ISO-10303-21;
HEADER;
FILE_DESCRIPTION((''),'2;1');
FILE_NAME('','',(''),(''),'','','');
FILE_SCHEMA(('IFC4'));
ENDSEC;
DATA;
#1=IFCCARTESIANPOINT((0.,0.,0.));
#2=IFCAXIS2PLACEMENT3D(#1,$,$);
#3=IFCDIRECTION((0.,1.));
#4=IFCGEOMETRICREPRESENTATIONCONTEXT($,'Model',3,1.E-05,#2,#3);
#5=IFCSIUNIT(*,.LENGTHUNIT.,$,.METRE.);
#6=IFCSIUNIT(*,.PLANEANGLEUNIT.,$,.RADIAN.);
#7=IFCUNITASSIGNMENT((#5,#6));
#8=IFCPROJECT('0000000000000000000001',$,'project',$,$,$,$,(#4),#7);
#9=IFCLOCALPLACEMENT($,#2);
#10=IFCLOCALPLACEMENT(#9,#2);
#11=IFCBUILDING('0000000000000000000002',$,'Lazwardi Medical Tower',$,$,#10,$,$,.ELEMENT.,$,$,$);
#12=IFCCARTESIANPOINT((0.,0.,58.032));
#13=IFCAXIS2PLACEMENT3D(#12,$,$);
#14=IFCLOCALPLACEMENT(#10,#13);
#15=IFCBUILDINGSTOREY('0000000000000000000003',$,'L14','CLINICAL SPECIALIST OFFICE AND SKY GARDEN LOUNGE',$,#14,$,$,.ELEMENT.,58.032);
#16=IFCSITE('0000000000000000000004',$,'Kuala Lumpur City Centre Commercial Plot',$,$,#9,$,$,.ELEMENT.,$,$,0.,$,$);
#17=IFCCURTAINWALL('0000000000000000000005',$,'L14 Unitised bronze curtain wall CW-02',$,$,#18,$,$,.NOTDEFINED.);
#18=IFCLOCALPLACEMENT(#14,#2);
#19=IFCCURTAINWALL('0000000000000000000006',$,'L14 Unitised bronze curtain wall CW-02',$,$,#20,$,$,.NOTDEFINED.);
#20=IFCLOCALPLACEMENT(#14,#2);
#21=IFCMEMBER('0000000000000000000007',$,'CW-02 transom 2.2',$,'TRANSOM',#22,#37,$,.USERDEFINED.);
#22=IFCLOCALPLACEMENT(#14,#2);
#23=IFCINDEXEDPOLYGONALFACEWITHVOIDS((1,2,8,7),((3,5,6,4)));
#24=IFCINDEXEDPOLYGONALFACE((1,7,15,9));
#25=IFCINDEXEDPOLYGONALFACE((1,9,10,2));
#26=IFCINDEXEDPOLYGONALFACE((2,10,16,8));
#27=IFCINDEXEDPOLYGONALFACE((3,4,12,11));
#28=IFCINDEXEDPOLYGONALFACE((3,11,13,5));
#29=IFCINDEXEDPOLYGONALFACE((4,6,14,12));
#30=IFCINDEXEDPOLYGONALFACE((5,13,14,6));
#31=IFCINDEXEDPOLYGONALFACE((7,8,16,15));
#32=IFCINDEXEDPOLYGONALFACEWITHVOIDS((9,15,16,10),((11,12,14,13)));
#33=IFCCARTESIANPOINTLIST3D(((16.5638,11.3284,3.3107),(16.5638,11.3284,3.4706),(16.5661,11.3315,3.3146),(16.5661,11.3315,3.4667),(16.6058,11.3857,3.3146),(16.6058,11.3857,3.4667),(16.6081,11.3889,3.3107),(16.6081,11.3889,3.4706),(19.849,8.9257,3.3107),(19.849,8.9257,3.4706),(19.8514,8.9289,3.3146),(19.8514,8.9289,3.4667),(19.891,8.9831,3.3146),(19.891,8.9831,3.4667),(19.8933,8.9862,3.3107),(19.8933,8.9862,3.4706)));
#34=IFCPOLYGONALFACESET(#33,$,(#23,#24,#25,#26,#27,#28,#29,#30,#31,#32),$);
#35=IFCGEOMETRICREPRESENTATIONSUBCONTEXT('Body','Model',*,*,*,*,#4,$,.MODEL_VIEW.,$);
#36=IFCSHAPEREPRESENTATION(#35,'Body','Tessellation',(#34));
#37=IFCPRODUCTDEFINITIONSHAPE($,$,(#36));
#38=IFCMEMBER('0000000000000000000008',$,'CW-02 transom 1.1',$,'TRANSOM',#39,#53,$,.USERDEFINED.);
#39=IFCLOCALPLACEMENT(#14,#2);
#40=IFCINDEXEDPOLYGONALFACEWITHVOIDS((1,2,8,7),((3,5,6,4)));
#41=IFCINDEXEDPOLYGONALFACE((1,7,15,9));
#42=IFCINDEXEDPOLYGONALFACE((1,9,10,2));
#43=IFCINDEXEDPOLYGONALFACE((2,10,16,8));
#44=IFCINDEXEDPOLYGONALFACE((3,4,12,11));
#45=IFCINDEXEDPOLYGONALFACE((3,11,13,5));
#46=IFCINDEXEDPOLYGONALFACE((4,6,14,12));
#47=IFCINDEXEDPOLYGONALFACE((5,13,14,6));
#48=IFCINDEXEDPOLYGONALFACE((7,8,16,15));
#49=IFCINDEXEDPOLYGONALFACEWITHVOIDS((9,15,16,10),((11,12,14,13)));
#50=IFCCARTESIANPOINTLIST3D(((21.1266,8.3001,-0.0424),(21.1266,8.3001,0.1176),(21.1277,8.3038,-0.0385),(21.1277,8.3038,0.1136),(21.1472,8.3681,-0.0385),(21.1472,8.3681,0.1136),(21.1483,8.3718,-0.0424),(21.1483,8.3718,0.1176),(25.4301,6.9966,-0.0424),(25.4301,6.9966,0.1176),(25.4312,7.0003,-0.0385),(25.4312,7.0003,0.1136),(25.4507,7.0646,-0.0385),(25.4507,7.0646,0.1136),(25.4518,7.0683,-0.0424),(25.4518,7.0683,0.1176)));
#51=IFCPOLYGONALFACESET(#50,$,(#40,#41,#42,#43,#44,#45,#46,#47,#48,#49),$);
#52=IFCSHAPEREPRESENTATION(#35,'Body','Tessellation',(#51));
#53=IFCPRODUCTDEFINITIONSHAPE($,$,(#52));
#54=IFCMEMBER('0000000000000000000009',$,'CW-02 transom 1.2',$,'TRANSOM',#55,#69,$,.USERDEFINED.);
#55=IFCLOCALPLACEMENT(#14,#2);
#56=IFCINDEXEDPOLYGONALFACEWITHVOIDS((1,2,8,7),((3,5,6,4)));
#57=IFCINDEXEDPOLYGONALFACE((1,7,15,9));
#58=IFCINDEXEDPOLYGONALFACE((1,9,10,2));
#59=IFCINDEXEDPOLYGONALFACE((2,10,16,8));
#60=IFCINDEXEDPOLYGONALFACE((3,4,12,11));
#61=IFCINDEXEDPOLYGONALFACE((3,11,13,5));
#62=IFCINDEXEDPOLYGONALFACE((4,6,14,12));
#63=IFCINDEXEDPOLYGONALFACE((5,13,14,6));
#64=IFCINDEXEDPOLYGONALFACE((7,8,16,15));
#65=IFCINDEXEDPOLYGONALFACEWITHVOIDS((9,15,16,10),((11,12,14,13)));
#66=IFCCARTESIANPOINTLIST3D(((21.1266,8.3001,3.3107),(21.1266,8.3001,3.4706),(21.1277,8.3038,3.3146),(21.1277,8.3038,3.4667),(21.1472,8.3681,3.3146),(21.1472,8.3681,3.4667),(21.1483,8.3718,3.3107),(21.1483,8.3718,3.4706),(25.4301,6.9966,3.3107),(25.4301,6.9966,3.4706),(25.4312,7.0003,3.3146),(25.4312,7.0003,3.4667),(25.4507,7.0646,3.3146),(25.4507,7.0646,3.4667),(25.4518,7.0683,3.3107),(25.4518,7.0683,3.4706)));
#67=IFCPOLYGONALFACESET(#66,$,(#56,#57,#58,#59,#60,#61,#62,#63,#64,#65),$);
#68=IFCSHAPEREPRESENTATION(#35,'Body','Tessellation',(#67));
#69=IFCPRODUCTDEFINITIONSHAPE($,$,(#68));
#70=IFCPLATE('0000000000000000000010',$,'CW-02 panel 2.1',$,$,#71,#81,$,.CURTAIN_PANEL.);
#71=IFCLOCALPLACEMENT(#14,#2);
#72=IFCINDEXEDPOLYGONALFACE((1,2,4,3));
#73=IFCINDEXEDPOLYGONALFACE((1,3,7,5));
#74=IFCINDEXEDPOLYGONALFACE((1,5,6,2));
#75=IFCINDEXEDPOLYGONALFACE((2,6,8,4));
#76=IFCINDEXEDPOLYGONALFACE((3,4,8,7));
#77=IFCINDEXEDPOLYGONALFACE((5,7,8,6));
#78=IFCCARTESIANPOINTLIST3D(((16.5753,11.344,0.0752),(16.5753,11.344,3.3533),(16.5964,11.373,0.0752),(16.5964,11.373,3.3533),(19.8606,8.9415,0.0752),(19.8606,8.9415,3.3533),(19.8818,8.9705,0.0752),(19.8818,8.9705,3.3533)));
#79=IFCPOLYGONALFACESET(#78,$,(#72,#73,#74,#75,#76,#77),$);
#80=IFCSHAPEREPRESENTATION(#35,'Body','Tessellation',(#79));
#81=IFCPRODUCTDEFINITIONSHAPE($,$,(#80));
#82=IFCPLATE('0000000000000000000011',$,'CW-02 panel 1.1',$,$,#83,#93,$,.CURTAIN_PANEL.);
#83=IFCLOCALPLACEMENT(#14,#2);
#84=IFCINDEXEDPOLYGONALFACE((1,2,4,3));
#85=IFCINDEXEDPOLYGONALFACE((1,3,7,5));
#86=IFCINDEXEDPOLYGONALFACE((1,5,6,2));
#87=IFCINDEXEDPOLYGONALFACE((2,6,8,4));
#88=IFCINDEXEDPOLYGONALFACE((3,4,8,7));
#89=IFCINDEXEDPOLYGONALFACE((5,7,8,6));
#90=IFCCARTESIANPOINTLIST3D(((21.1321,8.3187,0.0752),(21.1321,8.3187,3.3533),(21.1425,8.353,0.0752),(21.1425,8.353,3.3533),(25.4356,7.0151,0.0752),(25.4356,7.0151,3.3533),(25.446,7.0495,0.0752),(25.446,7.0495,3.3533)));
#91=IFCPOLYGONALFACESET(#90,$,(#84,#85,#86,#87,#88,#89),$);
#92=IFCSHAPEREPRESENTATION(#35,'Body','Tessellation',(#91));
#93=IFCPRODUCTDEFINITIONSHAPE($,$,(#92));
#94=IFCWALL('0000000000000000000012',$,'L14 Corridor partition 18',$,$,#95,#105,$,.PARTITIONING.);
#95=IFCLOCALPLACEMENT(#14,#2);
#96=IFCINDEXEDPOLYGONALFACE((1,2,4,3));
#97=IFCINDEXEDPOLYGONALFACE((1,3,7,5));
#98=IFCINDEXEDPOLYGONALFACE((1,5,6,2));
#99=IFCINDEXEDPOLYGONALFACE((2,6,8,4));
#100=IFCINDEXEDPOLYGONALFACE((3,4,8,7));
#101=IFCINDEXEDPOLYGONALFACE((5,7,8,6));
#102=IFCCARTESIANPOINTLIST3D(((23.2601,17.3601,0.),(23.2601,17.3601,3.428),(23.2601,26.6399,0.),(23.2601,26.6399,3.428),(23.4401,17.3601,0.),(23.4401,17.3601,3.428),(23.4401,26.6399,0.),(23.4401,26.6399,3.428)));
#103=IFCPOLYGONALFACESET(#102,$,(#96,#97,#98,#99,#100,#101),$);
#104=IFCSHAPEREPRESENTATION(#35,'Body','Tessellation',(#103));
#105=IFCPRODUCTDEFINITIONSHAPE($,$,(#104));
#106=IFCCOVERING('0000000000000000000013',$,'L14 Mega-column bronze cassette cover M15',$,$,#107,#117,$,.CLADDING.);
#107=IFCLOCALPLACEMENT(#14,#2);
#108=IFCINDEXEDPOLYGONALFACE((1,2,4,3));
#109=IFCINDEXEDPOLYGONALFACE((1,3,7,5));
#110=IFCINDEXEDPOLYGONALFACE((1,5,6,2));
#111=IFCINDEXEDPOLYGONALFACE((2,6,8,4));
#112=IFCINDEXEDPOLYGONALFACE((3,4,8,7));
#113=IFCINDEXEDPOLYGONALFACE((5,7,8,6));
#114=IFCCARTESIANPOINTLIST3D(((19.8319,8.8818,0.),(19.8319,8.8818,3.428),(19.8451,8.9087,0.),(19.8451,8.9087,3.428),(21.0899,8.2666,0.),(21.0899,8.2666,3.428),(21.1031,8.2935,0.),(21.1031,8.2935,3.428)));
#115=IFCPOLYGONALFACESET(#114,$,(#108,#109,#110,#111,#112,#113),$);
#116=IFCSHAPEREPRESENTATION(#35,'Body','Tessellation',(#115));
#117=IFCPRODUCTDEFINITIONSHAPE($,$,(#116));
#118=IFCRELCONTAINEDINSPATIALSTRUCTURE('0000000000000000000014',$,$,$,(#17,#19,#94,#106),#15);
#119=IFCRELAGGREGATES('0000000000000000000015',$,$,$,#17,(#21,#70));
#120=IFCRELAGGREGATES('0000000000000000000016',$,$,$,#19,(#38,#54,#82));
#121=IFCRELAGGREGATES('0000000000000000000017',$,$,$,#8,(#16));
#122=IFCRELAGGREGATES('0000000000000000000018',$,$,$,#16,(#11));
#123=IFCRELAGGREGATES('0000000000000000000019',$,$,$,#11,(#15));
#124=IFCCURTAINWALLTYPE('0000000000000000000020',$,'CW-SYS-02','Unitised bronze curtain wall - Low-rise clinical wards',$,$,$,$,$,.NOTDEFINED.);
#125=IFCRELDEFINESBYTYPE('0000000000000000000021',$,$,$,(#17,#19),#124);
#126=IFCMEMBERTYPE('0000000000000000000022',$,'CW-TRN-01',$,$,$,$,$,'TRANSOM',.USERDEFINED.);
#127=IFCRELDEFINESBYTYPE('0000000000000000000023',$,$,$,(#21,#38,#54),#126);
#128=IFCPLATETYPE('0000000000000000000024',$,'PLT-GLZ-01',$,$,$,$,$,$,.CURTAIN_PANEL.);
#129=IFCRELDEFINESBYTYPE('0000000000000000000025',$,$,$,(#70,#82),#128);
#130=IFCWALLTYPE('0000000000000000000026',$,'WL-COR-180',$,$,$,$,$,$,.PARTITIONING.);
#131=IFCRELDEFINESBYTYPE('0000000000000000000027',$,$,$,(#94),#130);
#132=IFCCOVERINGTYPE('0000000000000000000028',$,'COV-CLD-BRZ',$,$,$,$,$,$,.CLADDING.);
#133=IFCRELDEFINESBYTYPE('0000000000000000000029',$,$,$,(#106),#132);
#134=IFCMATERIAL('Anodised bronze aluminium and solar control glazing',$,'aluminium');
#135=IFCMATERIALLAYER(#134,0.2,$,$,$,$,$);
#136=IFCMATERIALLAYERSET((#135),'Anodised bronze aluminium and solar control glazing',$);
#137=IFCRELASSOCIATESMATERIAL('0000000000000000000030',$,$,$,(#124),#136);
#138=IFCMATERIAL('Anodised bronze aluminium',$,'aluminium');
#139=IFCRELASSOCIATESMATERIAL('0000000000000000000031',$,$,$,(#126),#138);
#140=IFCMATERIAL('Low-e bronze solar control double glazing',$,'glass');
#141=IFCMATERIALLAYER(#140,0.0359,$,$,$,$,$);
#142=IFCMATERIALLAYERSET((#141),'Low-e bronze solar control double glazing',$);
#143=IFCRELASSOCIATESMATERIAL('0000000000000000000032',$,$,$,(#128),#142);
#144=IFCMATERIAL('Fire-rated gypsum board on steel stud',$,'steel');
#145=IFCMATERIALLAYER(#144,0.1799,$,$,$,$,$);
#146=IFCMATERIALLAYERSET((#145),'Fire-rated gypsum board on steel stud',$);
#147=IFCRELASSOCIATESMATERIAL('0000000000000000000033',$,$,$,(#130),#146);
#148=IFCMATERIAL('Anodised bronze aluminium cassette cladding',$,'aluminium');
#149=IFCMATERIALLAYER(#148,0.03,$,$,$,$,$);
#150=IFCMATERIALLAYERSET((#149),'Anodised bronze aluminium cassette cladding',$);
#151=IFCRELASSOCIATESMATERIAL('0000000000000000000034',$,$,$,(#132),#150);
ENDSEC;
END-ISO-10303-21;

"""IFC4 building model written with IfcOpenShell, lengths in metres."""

from ifc_helpers import new_model, si_unit, direction, frame, frame_2d, origin, origin_2d, place, context, subcontext, project, spatial, rectangle, hollow_rectangle, extrude, material, layer, layer_set, material_profile, profile_set, type_object, element, aggregate, save


model = new_model("IFC4")

# Units and contexts
model_context = context("Model", 3, precision=1e-05, world=origin(), true_north=direction((0.0, 1.0)))
body_context = subcontext(model_context, "Body", "Model", "MODEL_VIEW")
ifc_project = project(units=[si_unit("LENGTHUNIT", "METRE"), si_unit("PLANEANGLEUNIT", "RADIAN")], contexts=[model_context])

# Site, building, storey
site_placement = place(None, origin())
site = spatial("IfcSite", under=ifc_project, at=site_placement, Name="Kuala Lumpur City Centre Commercial Plot", CompositionType="ELEMENT", RefElevation=0.0)
building_placement = place(site_placement, origin())
building = spatial("IfcBuilding", under=site, at=building_placement, Name="Lazwardi Medical Tower", CompositionType="ELEMENT")
storey_placement = place(building_placement, frame((0.0, 0.0, 58.032)))
storey = spatial("IfcBuildingStorey", under=building, at=storey_placement, Name="L14", Description="CLINICAL SPECIALIST OFFICE AND SKY GARDEN LOUNGE", CompositionType="ELEMENT", Elevation=58.032)

# Curtain walls
ifc_material_1 = material(Name="Anodised bronze aluminium and solar control glazing", Category="aluminium")
ifc_layer_1 = layer(ifc_material_1, 0.2)
ifc_layer_set_1 = layer_set([ifc_layer_1], Name="Anodised bronze aluminium and solar control glazing")
curtain_wall_type = type_object("IfcCurtainWallType", Name="CW-SYS-02", Description="Unitised bronze curtain wall - Low-rise clinical wards", PredefinedType="NOTDEFINED", material=ifc_layer_set_1)
curtain_wall_1_placement = place(storey_placement, origin())
curtain_wall_1 = element("IfcCurtainWall", 1, at=curtain_wall_1_placement, inside=storey, type_object=curtain_wall_type, Name="L14 Unitised bronze curtain wall CW-02", PredefinedType="NOTDEFINED")
ifc_material_2 = material(Name="Anodised bronze aluminium", Category="aluminium")
curtain_wall_2_placement = place(storey_placement, origin())
curtain_wall_2 = element("IfcCurtainWall", 2, at=curtain_wall_2_placement, inside=storey, type_object=curtain_wall_type, Name="L14 Unitised bronze curtain wall CW-02", PredefinedType="NOTDEFINED")

# Members
ifc_material_profile_1 = material_profile(ifc_material_2, hollow_rectangle(XDim=0.075, YDim=0.1599, WallThickness=0.0039, at=origin_2d()), Name="ALU-TRANSOM 160x75x4")
ifc_profile_set_1 = profile_set([ifc_material_profile_1], Name="Anodised bronze aluminium")
member_type_1 = type_object("IfcMemberType", Name="CW-TRN-01", ElementType="TRANSOM", PredefinedType="USERDEFINED", material=ifc_profile_set_1)
member_1_placement = place(storey_placement, frame((16.5859, 11.3586, 3.3906), z_axis=(0.807169, -0.59032, 0.0), x_axis=(0.59032, 0.807169, 0.0)))
member_1 = element("IfcMember", 3, at=member_1_placement, type_object=member_type_1, Name="CW-02 transom 2.2", ObjectType="TRANSOM", PredefinedType="USERDEFINED", context=body_context, shape_type="SweptSolid", body=[
    extrude(hollow_rectangle(XDim=0.075, YDim=0.1599, WallThickness=0.0039, at=origin_2d()), origin(), (0.0, 0.0, 1.0), 4.0701),
])
member_2_placement = place(storey_placement, frame((21.1375, 8.3359, 0.0376), z_axis=(0.957062, -0.289882, 0.0), x_axis=(0.289882, 0.957062, 0.0)))
member_2 = element("IfcMember", 4, at=member_2_placement, type_object=member_type_1, Name="CW-02 transom 1.1", ObjectType="TRANSOM", PredefinedType="USERDEFINED", context=body_context, shape_type="SweptSolid", body=[
    extrude(hollow_rectangle(XDim=0.075, YDim=0.1599, WallThickness=0.0039, at=origin_2d()), origin(), (0.0, 0.0, 1.0), 4.4966),
])
member_3_placement = place(storey_placement, frame((21.1375, 8.3359, 3.3906), z_axis=(0.957062, -0.289882, 0.0), x_axis=(0.289882, 0.957062, 0.0)))
member_3 = element("IfcMember", 5, at=member_3_placement, type_object=member_type_1, Name="CW-02 transom 1.2", ObjectType="TRANSOM", PredefinedType="USERDEFINED", context=body_context, shape_type="SweptSolid", body=[
    extrude(hollow_rectangle(XDim=0.075, YDim=0.1599, WallThickness=0.0039, at=origin_2d()), origin(), (0.0, 0.0, 1.0), 4.4966),
])

# Plates
ifc_material_3 = material(Name="Low-e bronze solar control double glazing", Category="glass")
ifc_layer_2 = layer(ifc_material_3, 0.0359)
ifc_layer_set_2 = layer_set([ifc_layer_2], Name="Low-e bronze solar control double glazing")
plate_type = type_object("IfcPlateType", Name="PLT-GLZ-01", PredefinedType="CURTAIN_PANEL", material=ifc_layer_set_2)
plate_1_placement = place(storey_placement, frame((18.2285, 10.1572, 0.0752), z_axis=(0.0, 0.0, 1.0), x_axis=(0.807192, -0.590289, 0.0)))
plate_1 = element("IfcPlate", 6, at=plate_1_placement, type_object=plate_type, Name="CW-02 panel 2.1", PredefinedType="CURTAIN_PANEL", context=body_context, shape_type="SweptSolid", body=[
    extrude(rectangle(XDim=4.0701, YDim=0.0359, at=origin_2d()), origin(), (0.0, 0.0, 1.0), 3.2781),
])
aggregate(curtain_wall_1, [member_1, plate_1])
plate_2_placement = place(storey_placement, frame((23.2891, 7.6841, 0.0752), z_axis=(0.0, 0.0, 1.0), x_axis=(0.957058, -0.289896, 0.0)))
plate_2 = element("IfcPlate", 7, at=plate_2_placement, type_object=plate_type, Name="CW-02 panel 1.1", PredefinedType="CURTAIN_PANEL", context=body_context, shape_type="SweptSolid", body=[
    extrude(rectangle(XDim=4.4966, YDim=0.0359, at=origin_2d()), origin(), (0.0, 0.0, 1.0), 3.2781),
])
aggregate(curtain_wall_2, [member_2, member_3, plate_2])

# Wall
ifc_material_4 = material(Name="Fire-rated gypsum board on steel stud", Category="steel")
ifc_layer_3 = layer(ifc_material_4, 0.1799)
ifc_layer_set_3 = layer_set([ifc_layer_3], Name="Fire-rated gypsum board on steel stud")
wall_type = type_object("IfcWallType", Name="WL-COR-180", PredefinedType="PARTITIONING", material=ifc_layer_set_3)
wall_placement = place(storey_placement, frame((23.3501, 17.3601, 0.0), z_axis=(0.0, 0.0, 1.0), x_axis=(0.0, 1.0, 0.0)))
element("IfcWall", 8, at=wall_placement, inside=storey, type_object=wall_type, Name="L14 Corridor partition 18", PredefinedType="PARTITIONING", context=body_context, shape_type="SweptSolid", body=[
    extrude(rectangle(XDim=9.2798, YDim=0.1799, at=frame_2d((4.6399, 0.0))), origin(), (0.0, 0.0, 1.0), 3.428),
])

# Covering
ifc_material_5 = material(Name="Anodised bronze aluminium cassette cladding", Category="aluminium")
ifc_layer_4 = layer(ifc_material_5, 0.03)
ifc_layer_set_4 = layer_set([ifc_layer_4], Name="Anodised bronze aluminium cassette cladding")
covering_type = type_object("IfcCoveringType", Name="COV-CLD-BRZ", PredefinedType="CLADDING", material=ifc_layer_set_4)
covering_placement = place(storey_placement, frame((20.4675, 8.5876, 0.0), z_axis=(0.0, 0.0, 1.0), x_axis=(0.898334, -0.439312, 0.0)))
element("IfcCovering", 9, at=covering_placement, inside=storey, type_object=covering_type, Name="L14 Mega-column bronze cassette cover M15", PredefinedType="CLADDING", context=body_context, shape_type="SweptSolid", body=[
    extrude(rectangle(XDim=1.4004, YDim=0.03, at=origin_2d()), origin(), (0.0, 0.0, 1.0), 3.428),
])

save(model, "model.ifc")
